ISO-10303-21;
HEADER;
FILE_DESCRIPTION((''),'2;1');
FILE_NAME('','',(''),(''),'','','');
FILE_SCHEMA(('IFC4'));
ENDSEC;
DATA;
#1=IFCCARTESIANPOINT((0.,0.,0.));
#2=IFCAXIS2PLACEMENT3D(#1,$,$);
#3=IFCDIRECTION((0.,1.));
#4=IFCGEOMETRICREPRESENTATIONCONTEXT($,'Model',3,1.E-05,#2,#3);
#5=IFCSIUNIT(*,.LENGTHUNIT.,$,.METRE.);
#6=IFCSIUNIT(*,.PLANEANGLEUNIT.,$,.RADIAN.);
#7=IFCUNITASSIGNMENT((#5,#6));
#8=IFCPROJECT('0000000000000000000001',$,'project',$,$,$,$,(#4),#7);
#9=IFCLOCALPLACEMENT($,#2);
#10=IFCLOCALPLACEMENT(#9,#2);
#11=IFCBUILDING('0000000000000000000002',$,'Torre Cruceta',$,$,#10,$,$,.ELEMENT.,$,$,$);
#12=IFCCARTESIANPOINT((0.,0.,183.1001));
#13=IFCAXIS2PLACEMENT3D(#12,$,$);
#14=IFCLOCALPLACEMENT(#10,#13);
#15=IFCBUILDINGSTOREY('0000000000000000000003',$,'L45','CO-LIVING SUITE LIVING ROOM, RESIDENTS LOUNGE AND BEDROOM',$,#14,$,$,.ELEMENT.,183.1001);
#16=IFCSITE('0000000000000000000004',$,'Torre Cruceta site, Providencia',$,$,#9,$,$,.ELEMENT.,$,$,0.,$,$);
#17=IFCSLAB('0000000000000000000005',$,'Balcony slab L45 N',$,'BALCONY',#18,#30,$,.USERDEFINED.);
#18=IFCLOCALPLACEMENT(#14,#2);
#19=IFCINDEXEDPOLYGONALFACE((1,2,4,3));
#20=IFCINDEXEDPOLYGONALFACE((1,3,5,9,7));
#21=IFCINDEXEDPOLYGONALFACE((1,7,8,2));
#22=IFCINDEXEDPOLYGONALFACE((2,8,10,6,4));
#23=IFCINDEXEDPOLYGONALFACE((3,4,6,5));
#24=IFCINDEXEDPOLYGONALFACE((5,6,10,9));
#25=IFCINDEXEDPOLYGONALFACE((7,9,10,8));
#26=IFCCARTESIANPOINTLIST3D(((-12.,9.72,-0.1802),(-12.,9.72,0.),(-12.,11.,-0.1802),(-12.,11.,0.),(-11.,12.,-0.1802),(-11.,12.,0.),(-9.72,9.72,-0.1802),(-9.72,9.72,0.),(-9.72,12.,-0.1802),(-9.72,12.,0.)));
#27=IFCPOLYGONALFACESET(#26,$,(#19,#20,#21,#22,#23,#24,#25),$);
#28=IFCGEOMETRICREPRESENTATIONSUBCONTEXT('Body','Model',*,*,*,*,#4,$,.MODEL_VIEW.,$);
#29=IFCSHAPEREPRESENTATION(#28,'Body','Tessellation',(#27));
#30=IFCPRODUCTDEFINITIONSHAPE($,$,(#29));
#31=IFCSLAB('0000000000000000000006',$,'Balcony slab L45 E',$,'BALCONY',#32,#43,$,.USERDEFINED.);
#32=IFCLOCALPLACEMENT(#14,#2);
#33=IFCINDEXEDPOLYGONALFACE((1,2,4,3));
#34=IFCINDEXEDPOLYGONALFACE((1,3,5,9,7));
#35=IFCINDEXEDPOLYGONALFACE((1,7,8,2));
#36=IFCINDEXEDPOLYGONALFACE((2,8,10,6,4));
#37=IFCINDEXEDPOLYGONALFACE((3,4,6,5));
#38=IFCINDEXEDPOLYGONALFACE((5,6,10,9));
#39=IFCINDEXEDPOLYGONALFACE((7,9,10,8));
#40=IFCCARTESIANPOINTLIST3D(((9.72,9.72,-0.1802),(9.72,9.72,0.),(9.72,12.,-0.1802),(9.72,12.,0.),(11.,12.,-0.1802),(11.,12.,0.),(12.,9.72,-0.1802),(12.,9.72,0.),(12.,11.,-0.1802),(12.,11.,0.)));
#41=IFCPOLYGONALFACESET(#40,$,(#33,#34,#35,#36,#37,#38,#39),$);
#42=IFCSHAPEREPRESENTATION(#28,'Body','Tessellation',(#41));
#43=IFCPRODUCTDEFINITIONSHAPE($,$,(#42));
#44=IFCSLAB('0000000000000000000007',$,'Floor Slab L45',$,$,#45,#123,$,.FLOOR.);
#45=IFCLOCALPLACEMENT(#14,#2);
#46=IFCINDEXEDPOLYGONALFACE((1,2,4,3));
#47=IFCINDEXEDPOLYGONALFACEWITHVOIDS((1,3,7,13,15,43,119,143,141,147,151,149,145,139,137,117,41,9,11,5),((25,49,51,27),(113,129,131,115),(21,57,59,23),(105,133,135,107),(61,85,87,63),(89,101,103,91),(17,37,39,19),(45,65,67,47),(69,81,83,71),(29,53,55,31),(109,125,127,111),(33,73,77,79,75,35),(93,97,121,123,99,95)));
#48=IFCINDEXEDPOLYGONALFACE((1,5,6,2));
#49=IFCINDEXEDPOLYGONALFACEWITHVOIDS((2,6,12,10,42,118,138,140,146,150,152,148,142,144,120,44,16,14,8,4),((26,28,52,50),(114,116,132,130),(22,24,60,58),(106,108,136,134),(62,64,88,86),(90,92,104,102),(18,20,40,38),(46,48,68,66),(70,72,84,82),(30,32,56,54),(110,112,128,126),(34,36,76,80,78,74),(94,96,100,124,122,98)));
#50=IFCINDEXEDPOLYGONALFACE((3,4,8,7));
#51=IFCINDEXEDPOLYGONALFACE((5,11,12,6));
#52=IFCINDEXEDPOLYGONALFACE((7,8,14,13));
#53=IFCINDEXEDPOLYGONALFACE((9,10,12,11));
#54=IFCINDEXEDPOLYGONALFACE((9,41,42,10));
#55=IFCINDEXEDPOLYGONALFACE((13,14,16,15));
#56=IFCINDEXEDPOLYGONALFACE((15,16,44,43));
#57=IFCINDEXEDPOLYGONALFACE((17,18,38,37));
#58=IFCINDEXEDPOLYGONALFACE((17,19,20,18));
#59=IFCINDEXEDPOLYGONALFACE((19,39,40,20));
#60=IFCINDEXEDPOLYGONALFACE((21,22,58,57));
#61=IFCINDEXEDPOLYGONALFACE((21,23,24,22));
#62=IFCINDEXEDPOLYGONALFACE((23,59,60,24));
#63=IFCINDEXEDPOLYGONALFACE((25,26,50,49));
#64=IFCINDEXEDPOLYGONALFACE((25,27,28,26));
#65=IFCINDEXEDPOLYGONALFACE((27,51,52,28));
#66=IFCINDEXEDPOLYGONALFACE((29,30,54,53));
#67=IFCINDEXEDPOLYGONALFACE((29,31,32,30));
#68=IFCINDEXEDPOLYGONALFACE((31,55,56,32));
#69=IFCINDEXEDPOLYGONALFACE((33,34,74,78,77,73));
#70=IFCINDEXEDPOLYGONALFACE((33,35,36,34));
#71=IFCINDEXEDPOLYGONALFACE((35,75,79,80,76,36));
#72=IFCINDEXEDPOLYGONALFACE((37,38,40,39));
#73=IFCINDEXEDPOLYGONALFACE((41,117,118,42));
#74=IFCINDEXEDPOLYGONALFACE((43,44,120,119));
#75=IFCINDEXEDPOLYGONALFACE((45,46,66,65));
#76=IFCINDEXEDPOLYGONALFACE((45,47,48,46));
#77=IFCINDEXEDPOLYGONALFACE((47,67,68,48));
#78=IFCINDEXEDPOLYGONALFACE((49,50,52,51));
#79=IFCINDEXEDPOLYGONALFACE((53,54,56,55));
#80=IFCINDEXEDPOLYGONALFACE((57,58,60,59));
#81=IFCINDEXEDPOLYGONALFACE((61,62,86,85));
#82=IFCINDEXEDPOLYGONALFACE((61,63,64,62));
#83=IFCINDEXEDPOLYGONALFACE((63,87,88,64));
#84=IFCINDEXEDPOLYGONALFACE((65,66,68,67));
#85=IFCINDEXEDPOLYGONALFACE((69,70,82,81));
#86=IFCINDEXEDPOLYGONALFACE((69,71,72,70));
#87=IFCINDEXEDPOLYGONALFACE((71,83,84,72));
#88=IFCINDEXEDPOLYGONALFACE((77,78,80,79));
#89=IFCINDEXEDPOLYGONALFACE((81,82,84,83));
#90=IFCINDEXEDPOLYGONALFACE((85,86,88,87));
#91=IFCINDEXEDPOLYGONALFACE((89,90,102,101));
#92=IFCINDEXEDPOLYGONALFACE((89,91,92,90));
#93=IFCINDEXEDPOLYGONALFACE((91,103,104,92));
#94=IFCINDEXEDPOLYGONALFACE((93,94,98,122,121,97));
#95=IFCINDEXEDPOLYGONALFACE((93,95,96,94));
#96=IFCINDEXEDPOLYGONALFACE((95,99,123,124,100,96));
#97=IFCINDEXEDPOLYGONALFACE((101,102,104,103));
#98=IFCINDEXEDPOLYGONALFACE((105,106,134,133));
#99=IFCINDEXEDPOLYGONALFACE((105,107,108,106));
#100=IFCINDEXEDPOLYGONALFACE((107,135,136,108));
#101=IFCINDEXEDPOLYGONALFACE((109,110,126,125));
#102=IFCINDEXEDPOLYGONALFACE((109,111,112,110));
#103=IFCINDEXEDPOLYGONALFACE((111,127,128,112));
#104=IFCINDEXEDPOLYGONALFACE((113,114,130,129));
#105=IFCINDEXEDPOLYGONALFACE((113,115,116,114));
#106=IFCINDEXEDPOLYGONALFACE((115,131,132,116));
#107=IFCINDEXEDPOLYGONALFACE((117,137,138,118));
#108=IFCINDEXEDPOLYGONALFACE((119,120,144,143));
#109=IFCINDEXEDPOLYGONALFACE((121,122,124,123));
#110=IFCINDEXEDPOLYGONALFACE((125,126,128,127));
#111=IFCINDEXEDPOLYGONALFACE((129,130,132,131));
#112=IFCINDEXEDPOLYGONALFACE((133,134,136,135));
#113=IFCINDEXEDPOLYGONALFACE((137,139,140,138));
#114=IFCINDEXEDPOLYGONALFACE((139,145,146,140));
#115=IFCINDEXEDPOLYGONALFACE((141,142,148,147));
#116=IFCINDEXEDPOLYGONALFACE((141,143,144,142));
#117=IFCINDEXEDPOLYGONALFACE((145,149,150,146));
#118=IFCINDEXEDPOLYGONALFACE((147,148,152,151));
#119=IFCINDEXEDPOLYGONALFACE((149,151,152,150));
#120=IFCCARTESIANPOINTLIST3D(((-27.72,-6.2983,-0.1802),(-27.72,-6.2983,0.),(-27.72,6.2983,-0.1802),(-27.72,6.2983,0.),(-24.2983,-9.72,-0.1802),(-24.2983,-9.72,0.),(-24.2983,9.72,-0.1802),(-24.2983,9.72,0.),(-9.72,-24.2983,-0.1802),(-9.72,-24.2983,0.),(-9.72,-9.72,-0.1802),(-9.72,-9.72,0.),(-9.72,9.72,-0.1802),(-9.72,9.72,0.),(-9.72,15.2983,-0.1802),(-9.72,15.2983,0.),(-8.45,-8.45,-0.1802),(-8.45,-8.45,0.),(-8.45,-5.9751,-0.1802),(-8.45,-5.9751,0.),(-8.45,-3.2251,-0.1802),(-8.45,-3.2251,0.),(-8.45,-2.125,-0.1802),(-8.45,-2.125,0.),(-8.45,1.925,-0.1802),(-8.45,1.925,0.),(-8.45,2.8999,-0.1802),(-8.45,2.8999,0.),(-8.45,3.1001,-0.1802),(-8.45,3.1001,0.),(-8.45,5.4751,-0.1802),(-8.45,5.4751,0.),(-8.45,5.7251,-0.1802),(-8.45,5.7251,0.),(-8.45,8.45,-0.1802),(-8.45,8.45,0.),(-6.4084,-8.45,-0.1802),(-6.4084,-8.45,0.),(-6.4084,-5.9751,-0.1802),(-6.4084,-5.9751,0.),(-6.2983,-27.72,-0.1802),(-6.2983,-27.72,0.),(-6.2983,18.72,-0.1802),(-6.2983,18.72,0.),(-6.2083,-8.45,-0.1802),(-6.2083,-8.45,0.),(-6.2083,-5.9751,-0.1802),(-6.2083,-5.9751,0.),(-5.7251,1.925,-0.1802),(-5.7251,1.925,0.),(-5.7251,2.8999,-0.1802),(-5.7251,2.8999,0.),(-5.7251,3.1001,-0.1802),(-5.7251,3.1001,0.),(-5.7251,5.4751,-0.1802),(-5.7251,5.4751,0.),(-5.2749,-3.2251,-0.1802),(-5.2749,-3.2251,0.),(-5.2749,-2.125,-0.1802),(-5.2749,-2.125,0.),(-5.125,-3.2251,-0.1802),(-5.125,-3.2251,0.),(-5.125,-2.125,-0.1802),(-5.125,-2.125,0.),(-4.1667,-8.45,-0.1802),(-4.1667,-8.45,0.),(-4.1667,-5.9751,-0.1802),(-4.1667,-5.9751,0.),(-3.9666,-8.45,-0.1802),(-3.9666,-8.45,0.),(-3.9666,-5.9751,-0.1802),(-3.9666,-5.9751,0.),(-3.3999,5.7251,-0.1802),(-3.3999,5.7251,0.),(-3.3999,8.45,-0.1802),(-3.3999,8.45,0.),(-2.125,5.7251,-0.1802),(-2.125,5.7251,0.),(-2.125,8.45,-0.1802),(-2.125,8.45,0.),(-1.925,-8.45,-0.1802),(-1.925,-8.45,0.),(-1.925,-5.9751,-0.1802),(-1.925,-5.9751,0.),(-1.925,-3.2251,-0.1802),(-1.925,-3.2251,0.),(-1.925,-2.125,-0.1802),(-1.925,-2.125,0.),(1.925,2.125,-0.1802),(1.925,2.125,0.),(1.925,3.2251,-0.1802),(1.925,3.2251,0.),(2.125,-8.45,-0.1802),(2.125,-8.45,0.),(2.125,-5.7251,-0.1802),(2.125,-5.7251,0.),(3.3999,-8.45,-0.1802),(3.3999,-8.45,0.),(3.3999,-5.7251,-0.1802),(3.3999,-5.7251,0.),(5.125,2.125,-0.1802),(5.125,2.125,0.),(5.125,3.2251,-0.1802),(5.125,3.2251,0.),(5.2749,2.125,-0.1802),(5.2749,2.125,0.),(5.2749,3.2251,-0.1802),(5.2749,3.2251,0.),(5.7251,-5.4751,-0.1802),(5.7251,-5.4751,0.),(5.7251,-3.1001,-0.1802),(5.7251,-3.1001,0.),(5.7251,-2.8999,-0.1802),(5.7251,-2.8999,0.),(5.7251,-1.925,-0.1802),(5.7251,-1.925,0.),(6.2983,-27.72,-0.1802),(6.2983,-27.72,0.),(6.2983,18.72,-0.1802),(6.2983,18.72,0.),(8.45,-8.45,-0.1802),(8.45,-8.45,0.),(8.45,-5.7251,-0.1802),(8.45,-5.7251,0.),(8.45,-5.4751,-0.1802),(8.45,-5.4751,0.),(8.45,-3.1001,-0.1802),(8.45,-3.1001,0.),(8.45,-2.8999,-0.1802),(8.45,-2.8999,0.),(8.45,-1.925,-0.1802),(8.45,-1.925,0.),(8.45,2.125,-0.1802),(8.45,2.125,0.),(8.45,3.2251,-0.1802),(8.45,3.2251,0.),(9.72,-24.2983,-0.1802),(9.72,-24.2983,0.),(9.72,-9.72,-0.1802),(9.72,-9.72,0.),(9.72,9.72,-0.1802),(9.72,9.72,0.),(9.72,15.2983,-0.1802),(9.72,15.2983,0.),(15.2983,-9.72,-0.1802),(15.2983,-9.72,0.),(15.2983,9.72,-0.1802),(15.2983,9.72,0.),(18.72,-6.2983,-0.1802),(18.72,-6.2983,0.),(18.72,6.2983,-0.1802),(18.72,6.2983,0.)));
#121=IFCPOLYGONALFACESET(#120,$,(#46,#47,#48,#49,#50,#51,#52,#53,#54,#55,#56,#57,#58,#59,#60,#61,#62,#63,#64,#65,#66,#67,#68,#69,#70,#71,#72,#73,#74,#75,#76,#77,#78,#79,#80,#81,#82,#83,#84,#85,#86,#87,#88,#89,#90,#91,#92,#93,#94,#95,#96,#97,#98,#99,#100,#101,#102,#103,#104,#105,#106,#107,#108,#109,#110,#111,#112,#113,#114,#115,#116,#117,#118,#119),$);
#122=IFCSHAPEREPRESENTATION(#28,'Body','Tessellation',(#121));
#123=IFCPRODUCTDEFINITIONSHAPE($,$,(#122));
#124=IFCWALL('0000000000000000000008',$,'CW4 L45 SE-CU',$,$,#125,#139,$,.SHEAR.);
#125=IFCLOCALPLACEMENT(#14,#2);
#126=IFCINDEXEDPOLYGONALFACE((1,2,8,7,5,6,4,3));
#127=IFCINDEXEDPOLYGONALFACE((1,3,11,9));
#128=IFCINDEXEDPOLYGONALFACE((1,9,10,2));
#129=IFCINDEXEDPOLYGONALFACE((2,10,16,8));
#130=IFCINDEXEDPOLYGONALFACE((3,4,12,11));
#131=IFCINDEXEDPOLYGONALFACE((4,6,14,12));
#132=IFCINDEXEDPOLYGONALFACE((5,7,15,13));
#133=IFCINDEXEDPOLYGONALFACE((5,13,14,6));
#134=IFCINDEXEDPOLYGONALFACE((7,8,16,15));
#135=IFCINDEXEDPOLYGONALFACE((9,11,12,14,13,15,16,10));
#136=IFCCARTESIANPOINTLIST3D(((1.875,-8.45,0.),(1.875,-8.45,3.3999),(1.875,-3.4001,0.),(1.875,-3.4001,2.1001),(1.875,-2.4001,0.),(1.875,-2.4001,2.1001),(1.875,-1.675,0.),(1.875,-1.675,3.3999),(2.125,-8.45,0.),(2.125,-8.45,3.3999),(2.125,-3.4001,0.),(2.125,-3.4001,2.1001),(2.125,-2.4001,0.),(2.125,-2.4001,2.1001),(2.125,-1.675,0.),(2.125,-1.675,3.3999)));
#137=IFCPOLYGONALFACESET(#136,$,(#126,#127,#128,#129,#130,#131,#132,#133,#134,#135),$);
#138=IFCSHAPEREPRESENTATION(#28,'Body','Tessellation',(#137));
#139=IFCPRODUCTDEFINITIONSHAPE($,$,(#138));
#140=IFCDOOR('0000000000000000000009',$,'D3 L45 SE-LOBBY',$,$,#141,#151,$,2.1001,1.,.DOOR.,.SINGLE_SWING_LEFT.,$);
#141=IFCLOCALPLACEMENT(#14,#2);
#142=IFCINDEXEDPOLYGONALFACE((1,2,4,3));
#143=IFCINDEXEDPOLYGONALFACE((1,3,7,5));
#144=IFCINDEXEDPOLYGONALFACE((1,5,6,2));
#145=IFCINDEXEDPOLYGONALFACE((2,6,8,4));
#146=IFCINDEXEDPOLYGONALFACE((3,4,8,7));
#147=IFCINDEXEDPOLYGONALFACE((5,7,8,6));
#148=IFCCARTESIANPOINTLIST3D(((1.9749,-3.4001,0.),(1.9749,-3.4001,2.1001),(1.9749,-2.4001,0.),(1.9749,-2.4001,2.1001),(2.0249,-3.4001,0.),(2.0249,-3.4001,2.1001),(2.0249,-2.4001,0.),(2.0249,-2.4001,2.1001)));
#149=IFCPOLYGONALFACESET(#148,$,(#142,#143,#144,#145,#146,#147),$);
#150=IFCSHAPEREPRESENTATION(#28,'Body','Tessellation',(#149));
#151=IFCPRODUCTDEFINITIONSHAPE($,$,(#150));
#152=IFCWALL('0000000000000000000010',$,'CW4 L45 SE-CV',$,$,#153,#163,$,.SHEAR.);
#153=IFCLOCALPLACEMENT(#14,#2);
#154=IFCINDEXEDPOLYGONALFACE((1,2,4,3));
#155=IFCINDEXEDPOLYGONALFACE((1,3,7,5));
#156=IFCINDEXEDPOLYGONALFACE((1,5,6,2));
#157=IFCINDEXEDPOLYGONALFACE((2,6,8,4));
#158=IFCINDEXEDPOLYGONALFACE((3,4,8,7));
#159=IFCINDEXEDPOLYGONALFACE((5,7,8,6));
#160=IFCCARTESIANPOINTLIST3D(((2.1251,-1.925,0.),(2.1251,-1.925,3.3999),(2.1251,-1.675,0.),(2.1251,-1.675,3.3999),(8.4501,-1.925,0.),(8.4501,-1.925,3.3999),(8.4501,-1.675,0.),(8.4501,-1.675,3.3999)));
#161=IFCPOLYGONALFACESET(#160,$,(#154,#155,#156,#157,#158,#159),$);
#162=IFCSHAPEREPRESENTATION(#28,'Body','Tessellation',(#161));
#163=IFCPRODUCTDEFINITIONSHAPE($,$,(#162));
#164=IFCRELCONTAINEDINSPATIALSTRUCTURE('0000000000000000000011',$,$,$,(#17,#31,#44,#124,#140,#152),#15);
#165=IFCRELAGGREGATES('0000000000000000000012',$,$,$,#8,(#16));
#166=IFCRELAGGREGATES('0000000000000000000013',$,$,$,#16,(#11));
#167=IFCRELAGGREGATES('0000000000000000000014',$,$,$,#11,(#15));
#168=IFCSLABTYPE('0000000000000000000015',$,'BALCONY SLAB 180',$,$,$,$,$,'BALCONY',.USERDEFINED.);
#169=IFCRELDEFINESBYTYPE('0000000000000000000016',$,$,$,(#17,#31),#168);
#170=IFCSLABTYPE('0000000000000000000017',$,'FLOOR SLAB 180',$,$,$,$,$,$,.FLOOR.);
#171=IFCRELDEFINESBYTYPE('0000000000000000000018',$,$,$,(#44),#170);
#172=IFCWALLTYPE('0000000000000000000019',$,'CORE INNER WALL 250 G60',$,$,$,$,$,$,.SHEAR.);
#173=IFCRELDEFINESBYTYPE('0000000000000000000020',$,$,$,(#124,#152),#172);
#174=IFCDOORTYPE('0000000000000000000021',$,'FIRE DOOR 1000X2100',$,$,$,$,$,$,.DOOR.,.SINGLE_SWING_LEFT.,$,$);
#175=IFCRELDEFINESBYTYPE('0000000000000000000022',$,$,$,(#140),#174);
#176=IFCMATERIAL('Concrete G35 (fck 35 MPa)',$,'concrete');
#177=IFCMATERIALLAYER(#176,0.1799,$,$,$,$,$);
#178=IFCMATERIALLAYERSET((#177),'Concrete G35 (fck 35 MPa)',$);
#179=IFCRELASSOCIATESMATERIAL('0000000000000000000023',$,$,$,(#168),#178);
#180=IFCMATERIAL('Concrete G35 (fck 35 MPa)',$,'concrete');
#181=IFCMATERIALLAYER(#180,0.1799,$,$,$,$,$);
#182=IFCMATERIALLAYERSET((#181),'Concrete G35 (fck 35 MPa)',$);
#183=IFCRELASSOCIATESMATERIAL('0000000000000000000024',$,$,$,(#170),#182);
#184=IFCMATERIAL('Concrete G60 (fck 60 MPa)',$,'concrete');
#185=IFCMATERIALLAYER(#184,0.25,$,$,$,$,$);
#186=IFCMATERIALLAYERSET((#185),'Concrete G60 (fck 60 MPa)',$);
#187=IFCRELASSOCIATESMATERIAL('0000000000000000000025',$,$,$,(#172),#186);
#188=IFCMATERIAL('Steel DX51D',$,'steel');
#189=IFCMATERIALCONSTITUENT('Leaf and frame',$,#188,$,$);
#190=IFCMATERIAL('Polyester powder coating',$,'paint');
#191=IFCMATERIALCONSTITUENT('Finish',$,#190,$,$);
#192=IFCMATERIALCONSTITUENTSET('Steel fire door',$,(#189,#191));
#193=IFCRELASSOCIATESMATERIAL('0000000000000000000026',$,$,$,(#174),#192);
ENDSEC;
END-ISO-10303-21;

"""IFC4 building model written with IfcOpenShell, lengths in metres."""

from ifc_helpers import new_model, si_unit, direction, frame, frame_2d, origin, place, context, subcontext, project, spatial, polyline, rectangle, outline, extrude, material, layer, layer_set, constituent, constituent_set, type_object, element, fill, save


model = new_model("IFC4")

# Units and contexts
model_context = context("Model", 3, precision=1e-05, world=origin(), true_north=direction((0.0, 1.0)))
body_context = subcontext(model_context, "Body", "Model", "MODEL_VIEW")
ifc_project = project(units=[si_unit("LENGTHUNIT", "METRE"), si_unit("PLANEANGLEUNIT", "RADIAN")], contexts=[model_context])

# Site, building, storey
site_placement = place(None, origin())
site = spatial("IfcSite", under=ifc_project, at=site_placement, Name="Torre Cruceta site, Providencia", CompositionType="ELEMENT", RefElevation=0.0)
building_placement = place(site_placement, origin())
building = spatial("IfcBuilding", under=site, at=building_placement, Name="Torre Cruceta", CompositionType="ELEMENT")
storey_placement = place(building_placement, frame((0.0, 0.0, 183.1001)))
storey = spatial("IfcBuildingStorey", under=building, at=storey_placement, Name="L45", Description="CO-LIVING SUITE LIVING ROOM, RESIDENTS LOUNGE AND BEDROOM", CompositionType="ELEMENT", Elevation=183.1001)

# Slabs
ifc_material_1 = material(Name="Concrete G35 (fck 35 MPa)", Category="concrete")
ifc_layer_1 = layer(ifc_material_1, 0.1799)
ifc_layer_set_1 = layer_set([ifc_layer_1], Name="Concrete G35 (fck 35 MPa)")
slab_type_1 = type_object("IfcSlabType", Name="BALCONY SLAB 180", ElementType="BALCONY", PredefinedType="USERDEFINED", material=ifc_layer_set_1)
slab_1_placement = place(storey_placement, frame((0.0, 0.0, -0.1802)))
element("IfcSlab", 1, at=slab_1_placement, inside=storey, type_object=slab_type_1, Name="Balcony slab L45 N", ObjectType="BALCONY", PredefinedType="USERDEFINED", context=body_context, shape_type="SweptSolid", body=[
    extrude(outline(polyline([(-12.0, 11.0), (-11.0, 12.0), (-9.72, 12.0), (-9.72, 9.72), (-12.0, 9.72), (-12.0, 11.0)])), origin(), (0.0, 0.0, 1.0), 0.1802),
])
slab_2_placement = place(storey_placement, frame((0.0, 0.0, -0.1802)))
element("IfcSlab", 2, at=slab_2_placement, inside=storey, type_object=slab_type_1, Name="Balcony slab L45 E", ObjectType="BALCONY", PredefinedType="USERDEFINED", context=body_context, shape_type="SweptSolid", body=[
    extrude(outline(polyline([(11.0, 12.0), (12.0, 11.0), (12.0, 9.72), (9.72, 9.72), (9.72, 12.0), (11.0, 12.0)])), origin(), (0.0, 0.0, 1.0), 0.1802),
])
ifc_material_2 = material(Name="Concrete G35 (fck 35 MPa)", Category="concrete")
ifc_layer_2 = layer(ifc_material_2, 0.1799)
ifc_layer_set_2 = layer_set([ifc_layer_2], Name="Concrete G35 (fck 35 MPa)")
slab_type_2 = type_object("IfcSlabType", Name="FLOOR SLAB 180", PredefinedType="FLOOR", material=ifc_layer_set_2)
slab_3_placement = place(storey_placement, frame((0.0, 0.0, -0.1802)))
element("IfcSlab", 3, at=slab_3_placement, inside=storey, type_object=slab_type_2, Name="Floor Slab L45", PredefinedType="FLOOR", context=body_context, shape_type="SweptSolid", body=[
    extrude(outline(polyline([(9.72, -9.72), (9.72, -24.2983), (6.2983, -27.72), (-6.2983, -27.72), (-9.72, -24.2983), (-9.72, -9.72), (-24.2983, -9.72), (-27.72, -6.2983), (-27.72, 6.2983), (-24.2983, 9.72), (-9.72, 9.72), (-9.72, 15.2983), (-6.2983, 18.72), (6.2983, 18.72), (9.72, 15.2983), (9.72, 9.72), (15.2983, 9.72), (18.72, 6.2983), (18.72, -6.2983), (15.2983, -9.72), (9.72, -9.72)]), holes=[polyline([(1.925, 2.125), (5.125, 2.125), (5.125, 3.2251), (1.925, 3.2251), (1.925, 2.125)]), polyline([(5.2749, 2.125), (8.45, 2.125), (8.45, 3.2251), (5.2749, 3.2251), (5.2749, 2.125)]), polyline([(-8.45, 3.1001), (-5.7251, 3.1001), (-5.7251, 5.4751), (-8.45, 5.4751), (-8.45, 3.1001)]), polyline([(-8.45, 1.925), (-5.7251, 1.925), (-5.7251, 2.8999), (-8.45, 2.8999), (-8.45, 1.925)]), polyline([(-3.9666, -8.45), (-1.925, -8.45), (-1.925, -5.9751), (-3.9666, -5.9751), (-3.9666, -8.45)]), polyline([(-6.2083, -8.45), (-4.1667, -8.45), (-4.1667, -5.9751), (-6.2083, -5.9751), (-6.2083, -8.45)]), polyline([(-8.45, -8.45), (-6.4084, -8.45), (-6.4084, -5.9751), (-8.45, -5.9751), (-8.45, -8.45)]), polyline([(-5.125, -3.2251), (-1.925, -3.2251), (-1.925, -2.125), (-5.125, -2.125), (-5.125, -3.2251)]), polyline([(-8.45, -3.2251), (-5.2749, -3.2251), (-5.2749, -2.125), (-8.45, -2.125), (-8.45, -3.2251)]), polyline([(5.7251, -5.4751), (8.45, -5.4751), (8.45, -3.1001), (5.7251, -3.1001), (5.7251, -5.4751)]), polyline([(5.7251, -2.8999), (8.45, -2.8999), (8.45, -1.925), (5.7251, -1.925), (5.7251, -2.8999)]), polyline([(-8.45, 5.7251), (-8.45, 8.45), (-3.3999, 8.45), (-2.125, 8.45), (-2.125, 5.7251), (-3.3999, 5.7251), (-8.45, 5.7251)]), polyline([(2.125, -5.7251), (3.3999, -5.7251), (8.45, -5.7251), (8.45, -8.45), (3.3999, -8.45), (2.125, -8.45), (2.125, -5.7251)])]), origin(), (0.0, 0.0, 1.0), 0.1802),
])

# Wall, opening, door
ifc_material_3 = material(Name="Concrete G60 (fck 60 MPa)", Category="concrete")
ifc_layer_3 = layer(ifc_material_3, 0.25)
ifc_layer_set_3 = layer_set([ifc_layer_3], Name="Concrete G60 (fck 60 MPa)")
wall_type_1 = type_object("IfcWallType", Name="CORE INNER WALL 250 G60", PredefinedType="SHEAR", material=ifc_layer_set_3)
wall_1_placement = place(storey_placement, frame((2.0, -1.675, 0.0), z_axis=(0.0, 0.0, 1.0), x_axis=(0.0, -1.0, 0.0)))
wall_1 = element("IfcWall", 4, at=wall_1_placement, inside=storey, type_object=wall_type_1, Name="CW4 L45 SE-CU", PredefinedType="SHEAR", context=body_context, shape_type="SweptSolid", body=[
    extrude(rectangle(XDim=6.7749, YDim=0.25, at=frame_2d((3.3875, 0.0))), origin(), (0.0, 0.0, 1.0), 3.3999),
])
opening_1_placement = place(wall_1_placement, frame((0.7251, 0.0, 0.0)))
opening_1 = element("IfcOpeningElement", 5, at=opening_1_placement, cuts=wall_1, PredefinedType="OPENING", context=body_context, shape_type="SweptSolid", body=[
    extrude(rectangle(XDim=1.0, YDim=2.1001, at=frame_2d((0.5, 1.05))), frame((0.0, 0.135, 0.0), z_axis=(0.0, -1.0, 0.0), x_axis=(1.0, 0.0, 0.0)), (0.0, 0.0, 1.0), 0.27),
])
ifc_material_4 = material(Name="Steel DX51D", Category="steel")
ifc_constituent_1 = constituent(ifc_material_4, Name="Leaf and frame")
ifc_material_5 = material(Name="Polyester powder coating", Category="paint")
ifc_constituent_2 = constituent(ifc_material_5, Name="Finish")
ifc_constituent_set_1 = constituent_set(constituents=[ifc_constituent_1, ifc_constituent_2], Name="Steel fire door")
door_type_1 = type_object("IfcDoorType", Name="FIRE DOOR 1000X2100", OperationType="SINGLE_SWING_LEFT", PredefinedType="DOOR", material=ifc_constituent_set_1)
door_1_placement = place(opening_1_placement, origin())
door_1 = element("IfcDoor", 6, at=door_1_placement, inside=storey, type_object=door_type_1, Name="D3 L45 SE-LOBBY", OperationType="SINGLE_SWING_LEFT", OverallHeight=2.1001, OverallWidth=1.0, PredefinedType="DOOR", context=body_context, shape_type="SweptSolid", body=[
    extrude(rectangle(XDim=1.0, YDim=2.1001, at=frame_2d((0.5, 1.05))), frame((0.0, 0.0249, 0.0), z_axis=(0.0, -1.0, 0.0), x_axis=(1.0, 0.0, 0.0)), (0.0, 0.0, 1.0), 0.05),
])
fill(opening_1, door_1)

# Wall
wall_2_placement = place(storey_placement, frame((2.125, -1.8, 0.0), z_axis=(0.0, 0.0, 1.0), x_axis=(1.0, 0.0, 0.0)))
element("IfcWall", 7, at=wall_2_placement, inside=storey, type_object=wall_type_1, Name="CW4 L45 SE-CV", PredefinedType="SHEAR", context=body_context, shape_type="SweptSolid", body=[
    extrude(rectangle(XDim=6.325, YDim=0.25, at=frame_2d((3.1626, 0.0))), origin(), (0.0, 0.0, 1.0), 3.3999),
])

save(model, "model.ifc")
